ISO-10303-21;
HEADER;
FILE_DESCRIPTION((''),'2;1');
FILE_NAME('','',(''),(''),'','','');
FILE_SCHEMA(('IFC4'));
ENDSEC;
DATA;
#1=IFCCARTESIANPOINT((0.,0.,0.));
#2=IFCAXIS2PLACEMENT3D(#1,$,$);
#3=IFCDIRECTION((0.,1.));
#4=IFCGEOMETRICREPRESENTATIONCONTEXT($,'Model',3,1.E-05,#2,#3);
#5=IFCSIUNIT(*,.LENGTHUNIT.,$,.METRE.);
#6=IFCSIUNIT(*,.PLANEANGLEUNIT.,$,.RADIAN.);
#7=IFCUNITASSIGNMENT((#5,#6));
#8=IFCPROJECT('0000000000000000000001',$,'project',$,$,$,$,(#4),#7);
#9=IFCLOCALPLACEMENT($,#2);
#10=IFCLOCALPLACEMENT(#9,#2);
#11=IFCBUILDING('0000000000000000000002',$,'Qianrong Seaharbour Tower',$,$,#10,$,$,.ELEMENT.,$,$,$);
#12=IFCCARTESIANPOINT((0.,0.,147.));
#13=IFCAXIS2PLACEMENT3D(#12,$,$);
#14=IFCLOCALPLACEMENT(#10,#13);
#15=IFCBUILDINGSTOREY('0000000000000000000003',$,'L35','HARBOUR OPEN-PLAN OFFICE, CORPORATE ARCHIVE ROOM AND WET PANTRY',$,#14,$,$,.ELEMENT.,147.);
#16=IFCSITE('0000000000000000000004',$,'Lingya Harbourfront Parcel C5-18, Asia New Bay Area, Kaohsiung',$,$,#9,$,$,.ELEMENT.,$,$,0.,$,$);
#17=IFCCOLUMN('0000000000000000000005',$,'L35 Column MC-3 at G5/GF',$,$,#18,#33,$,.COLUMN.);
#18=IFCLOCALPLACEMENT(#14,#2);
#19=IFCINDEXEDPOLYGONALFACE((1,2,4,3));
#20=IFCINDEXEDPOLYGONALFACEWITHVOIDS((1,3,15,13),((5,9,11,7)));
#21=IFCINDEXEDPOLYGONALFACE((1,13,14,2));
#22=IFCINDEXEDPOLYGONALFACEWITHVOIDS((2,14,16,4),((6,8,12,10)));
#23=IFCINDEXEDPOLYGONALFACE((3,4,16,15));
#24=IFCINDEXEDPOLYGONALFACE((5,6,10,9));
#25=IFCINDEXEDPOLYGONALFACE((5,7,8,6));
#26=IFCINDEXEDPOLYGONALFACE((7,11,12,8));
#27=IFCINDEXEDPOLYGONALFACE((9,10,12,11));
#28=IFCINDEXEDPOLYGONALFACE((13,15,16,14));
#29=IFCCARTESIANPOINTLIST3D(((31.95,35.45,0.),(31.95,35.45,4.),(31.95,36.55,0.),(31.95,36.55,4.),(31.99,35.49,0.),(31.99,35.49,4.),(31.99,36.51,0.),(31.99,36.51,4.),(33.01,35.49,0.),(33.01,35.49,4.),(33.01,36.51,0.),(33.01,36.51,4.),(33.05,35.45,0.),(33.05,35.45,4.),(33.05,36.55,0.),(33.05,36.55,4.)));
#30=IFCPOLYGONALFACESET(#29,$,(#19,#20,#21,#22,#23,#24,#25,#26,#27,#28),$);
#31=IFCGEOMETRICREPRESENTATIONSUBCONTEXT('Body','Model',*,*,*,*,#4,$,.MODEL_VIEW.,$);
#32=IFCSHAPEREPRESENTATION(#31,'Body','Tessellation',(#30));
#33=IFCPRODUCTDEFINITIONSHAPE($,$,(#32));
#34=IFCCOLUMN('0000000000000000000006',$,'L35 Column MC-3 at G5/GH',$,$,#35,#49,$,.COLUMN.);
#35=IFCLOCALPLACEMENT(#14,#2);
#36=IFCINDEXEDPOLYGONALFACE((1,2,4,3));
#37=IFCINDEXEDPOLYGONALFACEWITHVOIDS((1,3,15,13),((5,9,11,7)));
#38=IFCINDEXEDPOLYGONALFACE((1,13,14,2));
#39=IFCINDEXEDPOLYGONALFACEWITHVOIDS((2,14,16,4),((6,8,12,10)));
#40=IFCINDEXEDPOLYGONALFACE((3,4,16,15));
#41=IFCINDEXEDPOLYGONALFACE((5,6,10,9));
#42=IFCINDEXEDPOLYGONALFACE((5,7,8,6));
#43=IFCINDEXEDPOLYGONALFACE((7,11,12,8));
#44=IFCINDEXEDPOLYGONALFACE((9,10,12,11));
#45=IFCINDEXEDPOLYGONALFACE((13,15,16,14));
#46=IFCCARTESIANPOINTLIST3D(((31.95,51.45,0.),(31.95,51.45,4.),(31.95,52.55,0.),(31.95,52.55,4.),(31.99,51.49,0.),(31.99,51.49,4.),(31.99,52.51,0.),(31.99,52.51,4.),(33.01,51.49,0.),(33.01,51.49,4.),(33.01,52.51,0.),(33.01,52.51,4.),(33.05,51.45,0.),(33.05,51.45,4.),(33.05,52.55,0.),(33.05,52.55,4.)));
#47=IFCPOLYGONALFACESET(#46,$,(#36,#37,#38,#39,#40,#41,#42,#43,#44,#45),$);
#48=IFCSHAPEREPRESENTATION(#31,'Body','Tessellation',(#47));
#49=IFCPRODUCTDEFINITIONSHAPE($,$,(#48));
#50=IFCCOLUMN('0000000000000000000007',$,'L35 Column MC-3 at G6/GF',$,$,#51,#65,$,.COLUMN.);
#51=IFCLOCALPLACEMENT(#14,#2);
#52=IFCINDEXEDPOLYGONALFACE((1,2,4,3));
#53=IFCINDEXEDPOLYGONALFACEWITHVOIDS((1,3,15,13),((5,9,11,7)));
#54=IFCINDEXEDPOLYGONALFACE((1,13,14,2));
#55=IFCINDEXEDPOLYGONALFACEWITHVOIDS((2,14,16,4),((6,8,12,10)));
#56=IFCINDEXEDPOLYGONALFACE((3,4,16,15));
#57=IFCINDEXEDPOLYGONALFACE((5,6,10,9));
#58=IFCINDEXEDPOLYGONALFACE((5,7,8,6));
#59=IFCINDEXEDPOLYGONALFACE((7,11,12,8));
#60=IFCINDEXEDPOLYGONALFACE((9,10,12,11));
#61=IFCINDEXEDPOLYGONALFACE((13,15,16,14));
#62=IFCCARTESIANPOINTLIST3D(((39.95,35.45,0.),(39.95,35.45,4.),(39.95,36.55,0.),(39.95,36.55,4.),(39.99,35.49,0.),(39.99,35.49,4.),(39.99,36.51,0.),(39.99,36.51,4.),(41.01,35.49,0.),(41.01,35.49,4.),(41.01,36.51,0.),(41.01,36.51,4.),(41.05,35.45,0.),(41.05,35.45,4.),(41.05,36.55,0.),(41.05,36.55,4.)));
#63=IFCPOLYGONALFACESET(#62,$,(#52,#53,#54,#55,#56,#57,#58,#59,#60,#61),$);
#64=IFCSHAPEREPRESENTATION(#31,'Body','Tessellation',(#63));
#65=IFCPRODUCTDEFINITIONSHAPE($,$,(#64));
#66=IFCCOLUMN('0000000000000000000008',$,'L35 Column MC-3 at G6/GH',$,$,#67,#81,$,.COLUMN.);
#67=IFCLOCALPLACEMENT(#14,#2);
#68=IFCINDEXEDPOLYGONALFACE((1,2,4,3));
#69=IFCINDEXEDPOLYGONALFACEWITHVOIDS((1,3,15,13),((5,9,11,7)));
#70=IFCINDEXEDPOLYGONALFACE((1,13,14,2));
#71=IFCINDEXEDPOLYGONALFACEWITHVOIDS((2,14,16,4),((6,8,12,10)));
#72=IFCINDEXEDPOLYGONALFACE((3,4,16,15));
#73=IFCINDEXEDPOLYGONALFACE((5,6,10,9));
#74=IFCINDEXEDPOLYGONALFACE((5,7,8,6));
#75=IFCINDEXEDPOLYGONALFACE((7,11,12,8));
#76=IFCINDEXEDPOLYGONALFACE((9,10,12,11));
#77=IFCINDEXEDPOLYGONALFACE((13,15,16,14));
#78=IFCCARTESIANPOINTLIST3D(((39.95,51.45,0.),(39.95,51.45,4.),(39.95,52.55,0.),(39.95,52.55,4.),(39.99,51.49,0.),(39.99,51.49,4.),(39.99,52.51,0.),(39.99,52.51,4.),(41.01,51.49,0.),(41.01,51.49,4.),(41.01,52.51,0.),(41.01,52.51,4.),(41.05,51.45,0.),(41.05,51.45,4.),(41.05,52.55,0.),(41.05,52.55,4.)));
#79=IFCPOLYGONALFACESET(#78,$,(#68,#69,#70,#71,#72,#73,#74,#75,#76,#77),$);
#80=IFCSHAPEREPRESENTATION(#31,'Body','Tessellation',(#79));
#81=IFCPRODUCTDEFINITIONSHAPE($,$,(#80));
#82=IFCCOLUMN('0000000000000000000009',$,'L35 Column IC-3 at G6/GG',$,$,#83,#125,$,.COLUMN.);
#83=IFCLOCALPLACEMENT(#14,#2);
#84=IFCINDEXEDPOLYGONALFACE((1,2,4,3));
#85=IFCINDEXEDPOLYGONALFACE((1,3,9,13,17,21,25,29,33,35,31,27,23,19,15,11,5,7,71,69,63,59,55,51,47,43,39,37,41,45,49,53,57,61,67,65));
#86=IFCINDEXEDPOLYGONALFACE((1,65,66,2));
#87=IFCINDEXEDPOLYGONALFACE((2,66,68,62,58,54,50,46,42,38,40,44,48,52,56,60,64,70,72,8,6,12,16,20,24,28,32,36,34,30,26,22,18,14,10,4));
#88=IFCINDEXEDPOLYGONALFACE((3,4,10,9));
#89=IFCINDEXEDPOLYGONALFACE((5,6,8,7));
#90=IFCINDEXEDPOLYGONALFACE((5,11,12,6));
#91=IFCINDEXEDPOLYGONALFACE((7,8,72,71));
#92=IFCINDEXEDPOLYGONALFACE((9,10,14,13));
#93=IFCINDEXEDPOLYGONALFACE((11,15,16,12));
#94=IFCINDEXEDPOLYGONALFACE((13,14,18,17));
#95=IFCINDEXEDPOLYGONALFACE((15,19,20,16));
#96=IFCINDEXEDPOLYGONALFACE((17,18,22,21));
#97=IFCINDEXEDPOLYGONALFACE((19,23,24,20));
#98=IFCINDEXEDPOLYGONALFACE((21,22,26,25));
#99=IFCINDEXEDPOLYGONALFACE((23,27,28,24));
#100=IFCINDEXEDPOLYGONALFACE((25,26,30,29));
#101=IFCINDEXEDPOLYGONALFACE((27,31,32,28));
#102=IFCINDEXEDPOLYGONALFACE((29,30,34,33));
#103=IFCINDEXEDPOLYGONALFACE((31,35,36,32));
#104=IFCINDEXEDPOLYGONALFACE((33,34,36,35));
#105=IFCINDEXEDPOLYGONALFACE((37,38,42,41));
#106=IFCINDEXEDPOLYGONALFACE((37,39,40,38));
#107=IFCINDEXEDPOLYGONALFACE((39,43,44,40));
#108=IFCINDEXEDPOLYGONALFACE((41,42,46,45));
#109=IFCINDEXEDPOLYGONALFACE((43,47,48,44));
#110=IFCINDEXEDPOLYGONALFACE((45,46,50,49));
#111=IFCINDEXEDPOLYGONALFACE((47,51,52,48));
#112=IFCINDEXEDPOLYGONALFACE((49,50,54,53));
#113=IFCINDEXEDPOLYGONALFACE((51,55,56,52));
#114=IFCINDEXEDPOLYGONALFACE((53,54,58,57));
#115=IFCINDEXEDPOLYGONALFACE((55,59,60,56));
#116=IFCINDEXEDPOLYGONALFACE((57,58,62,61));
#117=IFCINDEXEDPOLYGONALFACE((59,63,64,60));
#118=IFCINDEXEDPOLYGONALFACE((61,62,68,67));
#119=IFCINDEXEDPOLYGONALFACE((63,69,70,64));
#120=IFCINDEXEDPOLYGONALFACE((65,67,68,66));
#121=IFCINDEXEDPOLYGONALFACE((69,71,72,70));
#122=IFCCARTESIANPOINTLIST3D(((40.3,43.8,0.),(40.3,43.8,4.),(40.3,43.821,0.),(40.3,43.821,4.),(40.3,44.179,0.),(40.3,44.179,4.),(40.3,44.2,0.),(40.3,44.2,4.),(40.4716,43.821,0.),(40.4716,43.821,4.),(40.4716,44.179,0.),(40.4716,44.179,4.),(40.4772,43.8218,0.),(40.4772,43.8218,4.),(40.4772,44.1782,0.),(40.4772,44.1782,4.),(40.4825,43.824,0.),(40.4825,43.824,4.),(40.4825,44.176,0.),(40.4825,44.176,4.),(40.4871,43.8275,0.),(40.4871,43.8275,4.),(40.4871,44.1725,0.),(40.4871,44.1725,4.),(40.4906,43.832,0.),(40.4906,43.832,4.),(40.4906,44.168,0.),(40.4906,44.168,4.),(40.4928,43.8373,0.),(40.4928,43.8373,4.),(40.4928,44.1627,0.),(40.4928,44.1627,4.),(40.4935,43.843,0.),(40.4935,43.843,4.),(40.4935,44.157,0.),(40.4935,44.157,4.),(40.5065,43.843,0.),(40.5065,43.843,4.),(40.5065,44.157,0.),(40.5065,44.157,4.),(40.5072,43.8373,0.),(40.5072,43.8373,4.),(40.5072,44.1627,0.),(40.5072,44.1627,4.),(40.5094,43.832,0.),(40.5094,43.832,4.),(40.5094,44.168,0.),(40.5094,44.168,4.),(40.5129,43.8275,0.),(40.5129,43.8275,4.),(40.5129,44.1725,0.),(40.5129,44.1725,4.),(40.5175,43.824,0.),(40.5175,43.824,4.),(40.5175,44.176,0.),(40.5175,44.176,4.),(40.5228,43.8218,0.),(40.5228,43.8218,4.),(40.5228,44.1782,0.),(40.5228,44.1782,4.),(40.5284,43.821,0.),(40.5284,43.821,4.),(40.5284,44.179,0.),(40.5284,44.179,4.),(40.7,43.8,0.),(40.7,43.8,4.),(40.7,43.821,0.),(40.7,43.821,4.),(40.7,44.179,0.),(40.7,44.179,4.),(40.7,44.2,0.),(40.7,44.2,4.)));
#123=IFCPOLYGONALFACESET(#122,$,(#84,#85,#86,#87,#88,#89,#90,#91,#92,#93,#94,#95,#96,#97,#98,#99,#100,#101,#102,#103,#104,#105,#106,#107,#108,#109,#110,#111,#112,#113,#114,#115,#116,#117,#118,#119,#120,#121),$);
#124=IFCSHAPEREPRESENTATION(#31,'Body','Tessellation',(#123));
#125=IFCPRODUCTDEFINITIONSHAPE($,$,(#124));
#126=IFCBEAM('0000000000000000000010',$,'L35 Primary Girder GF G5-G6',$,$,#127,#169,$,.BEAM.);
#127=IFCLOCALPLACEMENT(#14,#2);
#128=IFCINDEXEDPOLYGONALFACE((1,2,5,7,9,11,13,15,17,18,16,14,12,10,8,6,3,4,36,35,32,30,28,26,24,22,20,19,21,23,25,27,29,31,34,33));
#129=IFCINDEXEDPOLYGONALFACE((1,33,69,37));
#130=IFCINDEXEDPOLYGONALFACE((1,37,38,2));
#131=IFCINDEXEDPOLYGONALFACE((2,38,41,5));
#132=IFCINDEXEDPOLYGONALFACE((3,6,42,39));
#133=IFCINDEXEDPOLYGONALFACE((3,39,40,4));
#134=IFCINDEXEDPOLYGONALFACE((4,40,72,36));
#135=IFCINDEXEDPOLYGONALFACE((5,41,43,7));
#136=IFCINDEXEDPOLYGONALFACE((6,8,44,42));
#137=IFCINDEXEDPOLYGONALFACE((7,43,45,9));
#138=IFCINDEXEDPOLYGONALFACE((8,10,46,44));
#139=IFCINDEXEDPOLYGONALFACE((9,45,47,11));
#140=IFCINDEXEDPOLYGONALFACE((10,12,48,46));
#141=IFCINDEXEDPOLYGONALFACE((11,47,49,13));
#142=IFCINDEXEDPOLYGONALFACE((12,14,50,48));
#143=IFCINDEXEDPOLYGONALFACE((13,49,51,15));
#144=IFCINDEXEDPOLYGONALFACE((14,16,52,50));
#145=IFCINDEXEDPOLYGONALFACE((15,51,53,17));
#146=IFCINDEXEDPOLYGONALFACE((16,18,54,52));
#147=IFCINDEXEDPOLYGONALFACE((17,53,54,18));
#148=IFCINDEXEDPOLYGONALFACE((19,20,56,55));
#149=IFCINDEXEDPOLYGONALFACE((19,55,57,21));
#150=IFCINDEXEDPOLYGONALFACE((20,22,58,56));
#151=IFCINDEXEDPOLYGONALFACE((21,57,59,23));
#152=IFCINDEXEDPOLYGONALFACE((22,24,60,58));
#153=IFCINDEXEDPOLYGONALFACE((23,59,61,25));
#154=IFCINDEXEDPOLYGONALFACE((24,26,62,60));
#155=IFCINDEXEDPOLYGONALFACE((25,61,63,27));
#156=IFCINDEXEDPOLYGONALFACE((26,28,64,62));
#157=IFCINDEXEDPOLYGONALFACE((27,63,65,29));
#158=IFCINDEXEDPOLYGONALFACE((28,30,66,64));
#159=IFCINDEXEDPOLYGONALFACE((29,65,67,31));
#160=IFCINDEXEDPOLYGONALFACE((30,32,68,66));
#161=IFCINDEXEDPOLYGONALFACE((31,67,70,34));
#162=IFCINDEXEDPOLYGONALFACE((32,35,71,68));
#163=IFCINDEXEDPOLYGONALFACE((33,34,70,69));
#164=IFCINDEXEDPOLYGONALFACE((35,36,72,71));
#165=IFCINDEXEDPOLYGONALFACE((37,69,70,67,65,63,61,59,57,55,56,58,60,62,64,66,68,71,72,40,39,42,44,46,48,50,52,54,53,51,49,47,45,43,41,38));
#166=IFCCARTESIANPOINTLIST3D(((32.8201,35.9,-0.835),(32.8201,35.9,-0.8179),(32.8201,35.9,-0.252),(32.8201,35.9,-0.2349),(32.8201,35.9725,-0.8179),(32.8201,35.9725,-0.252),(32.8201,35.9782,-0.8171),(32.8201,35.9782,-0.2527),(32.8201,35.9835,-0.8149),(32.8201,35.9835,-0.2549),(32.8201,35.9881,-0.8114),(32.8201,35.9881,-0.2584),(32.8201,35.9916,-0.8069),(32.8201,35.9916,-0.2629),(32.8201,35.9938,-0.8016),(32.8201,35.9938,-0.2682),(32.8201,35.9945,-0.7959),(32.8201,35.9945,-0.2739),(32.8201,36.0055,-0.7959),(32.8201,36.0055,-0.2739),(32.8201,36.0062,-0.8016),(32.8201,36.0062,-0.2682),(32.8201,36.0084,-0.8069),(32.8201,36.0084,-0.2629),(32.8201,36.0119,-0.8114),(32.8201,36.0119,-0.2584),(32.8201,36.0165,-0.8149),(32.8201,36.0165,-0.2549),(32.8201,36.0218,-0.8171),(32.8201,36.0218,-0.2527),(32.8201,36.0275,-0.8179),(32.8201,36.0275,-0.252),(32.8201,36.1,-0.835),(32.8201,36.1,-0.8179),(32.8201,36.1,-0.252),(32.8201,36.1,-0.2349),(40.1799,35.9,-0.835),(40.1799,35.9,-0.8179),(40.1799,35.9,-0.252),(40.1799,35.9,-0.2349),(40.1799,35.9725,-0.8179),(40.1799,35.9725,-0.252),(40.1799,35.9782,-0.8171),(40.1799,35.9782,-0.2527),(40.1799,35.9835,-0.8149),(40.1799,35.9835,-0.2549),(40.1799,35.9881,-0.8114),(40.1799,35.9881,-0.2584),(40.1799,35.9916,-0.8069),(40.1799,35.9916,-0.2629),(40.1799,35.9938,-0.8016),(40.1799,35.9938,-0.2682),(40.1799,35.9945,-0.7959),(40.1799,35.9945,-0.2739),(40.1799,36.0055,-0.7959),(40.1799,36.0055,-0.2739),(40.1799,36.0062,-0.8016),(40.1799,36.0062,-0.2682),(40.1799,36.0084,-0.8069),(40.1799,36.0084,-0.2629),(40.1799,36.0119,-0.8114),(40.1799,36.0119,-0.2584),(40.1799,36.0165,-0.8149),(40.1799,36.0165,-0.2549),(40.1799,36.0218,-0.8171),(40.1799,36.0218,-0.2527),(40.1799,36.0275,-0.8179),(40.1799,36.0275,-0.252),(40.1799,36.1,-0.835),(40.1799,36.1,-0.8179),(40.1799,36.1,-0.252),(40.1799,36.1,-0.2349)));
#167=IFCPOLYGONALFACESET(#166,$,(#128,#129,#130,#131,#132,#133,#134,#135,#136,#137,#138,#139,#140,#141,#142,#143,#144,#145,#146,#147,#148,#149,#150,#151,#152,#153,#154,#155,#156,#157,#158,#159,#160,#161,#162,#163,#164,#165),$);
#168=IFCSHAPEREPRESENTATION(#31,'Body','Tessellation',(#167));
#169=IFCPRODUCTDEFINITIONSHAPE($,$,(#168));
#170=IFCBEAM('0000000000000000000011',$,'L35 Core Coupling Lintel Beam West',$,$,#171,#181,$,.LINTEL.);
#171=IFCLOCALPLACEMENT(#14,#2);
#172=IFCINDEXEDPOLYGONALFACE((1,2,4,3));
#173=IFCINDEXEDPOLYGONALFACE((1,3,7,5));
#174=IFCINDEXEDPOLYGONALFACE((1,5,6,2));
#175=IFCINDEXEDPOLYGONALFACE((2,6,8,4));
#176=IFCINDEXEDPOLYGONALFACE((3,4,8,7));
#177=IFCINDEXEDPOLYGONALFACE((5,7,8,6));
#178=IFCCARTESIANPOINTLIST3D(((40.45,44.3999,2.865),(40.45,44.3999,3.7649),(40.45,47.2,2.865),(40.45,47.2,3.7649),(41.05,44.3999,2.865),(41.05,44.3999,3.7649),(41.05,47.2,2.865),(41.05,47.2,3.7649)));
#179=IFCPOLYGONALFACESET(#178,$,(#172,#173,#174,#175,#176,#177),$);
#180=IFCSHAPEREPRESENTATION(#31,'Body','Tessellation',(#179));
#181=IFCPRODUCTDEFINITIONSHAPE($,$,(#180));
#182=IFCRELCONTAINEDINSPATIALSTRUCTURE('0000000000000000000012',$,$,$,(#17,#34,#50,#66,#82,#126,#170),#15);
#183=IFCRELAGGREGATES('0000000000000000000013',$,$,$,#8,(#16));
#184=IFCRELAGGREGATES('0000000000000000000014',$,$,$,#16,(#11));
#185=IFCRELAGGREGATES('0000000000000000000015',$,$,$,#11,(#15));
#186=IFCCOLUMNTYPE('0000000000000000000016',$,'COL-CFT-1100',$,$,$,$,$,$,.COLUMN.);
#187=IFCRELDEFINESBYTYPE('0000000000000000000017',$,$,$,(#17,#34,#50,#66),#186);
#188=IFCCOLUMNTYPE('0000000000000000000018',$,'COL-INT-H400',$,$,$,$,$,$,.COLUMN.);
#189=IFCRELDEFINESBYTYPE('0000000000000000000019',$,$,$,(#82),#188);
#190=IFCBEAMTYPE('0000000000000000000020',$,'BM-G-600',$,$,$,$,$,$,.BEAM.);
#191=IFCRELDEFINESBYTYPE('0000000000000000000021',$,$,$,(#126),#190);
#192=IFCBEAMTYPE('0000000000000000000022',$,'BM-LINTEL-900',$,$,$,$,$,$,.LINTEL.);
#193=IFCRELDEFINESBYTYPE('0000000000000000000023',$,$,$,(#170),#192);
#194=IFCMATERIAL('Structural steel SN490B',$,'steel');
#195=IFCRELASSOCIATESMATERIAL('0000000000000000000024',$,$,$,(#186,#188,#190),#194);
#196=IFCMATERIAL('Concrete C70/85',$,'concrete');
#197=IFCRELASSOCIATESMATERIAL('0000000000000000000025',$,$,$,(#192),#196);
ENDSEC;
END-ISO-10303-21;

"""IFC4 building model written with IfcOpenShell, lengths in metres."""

from ifc_helpers import new_model, si_unit, direction, frame, origin, origin_2d, place, context, subcontext, project, spatial, rectangle, hollow_rectangle, i_section, extrude, material, material_profile, profile_set, type_object, element, save


model = new_model("IFC4")

# Units and contexts
model_context = context("Model", 3, precision=1e-05, world=origin(), true_north=direction((0.0, 1.0)))
body_context = subcontext(model_context, "Body", "Model", "MODEL_VIEW")
ifc_project = project(units=[si_unit("LENGTHUNIT", "METRE"), si_unit("PLANEANGLEUNIT", "RADIAN")], contexts=[model_context])

# Site, building, storey
site_placement = place(None, origin())
site = spatial("IfcSite", under=ifc_project, at=site_placement, Name="Lingya Harbourfront Parcel C5-18, Asia New Bay Area, Kaohsiung", CompositionType="ELEMENT", RefElevation=0.0)
building_placement = place(site_placement, origin())
building = spatial("IfcBuilding", under=site, at=building_placement, Name="Qianrong Seaharbour Tower", CompositionType="ELEMENT")
storey_placement = place(building_placement, frame((0.0, 0.0, 147.0)))
storey = spatial("IfcBuildingStorey", under=building, at=storey_placement, Name="L35", Description="HARBOUR OPEN-PLAN OFFICE, CORPORATE ARCHIVE ROOM AND WET PANTRY", CompositionType="ELEMENT", Elevation=147.0)

# Columns
ifc_material_1 = material(Name="Structural steel SN490B", Category="steel")
ifc_material_profile_1 = material_profile(ifc_material_1, hollow_rectangle(XDim=1.1001, YDim=1.1001, WallThickness=0.04, at=origin_2d()), Name="BOX1100x1100x40")
ifc_profile_set_1 = profile_set([ifc_material_profile_1], Name="Structural steel SN490B")
column_type_1 = type_object("IfcColumnType", Name="COL-CFT-1100", PredefinedType="COLUMN", material=ifc_profile_set_1)
for number, where, z_axis, x_axis, name in (
    (1, (32.5, 36.0, 0.0), (0.0, 0.0, 1.0), (1.0, 0.0, 0.0), "L35 Column MC-3 at G5/GF"),
    (2, (32.5, 52.0, 0.0), (0.0, 0.0, 1.0), (1.0, 0.0, 0.0), "L35 Column MC-3 at G5/GH"),
    (3, (40.5, 36.0, 0.0), (0.0, 0.0, 1.0), (1.0, 0.0, 0.0), "L35 Column MC-3 at G6/GF"),
    (4, (40.5, 52.0, 0.0), (0.0, 0.0, 1.0), (1.0, 0.0, 0.0), "L35 Column MC-3 at G6/GH"),
):
    element("IfcColumn", number, at=place(storey_placement, frame(where, z_axis=z_axis, x_axis=x_axis)), inside=storey, type_object=column_type_1, Name=name, PredefinedType="COLUMN", context=body_context, shape_type="SweptSolid", body=[
        extrude(hollow_rectangle(XDim=1.1001, YDim=1.1001, WallThickness=0.04, at=origin_2d()), origin(), (0.0, 0.0, 1.0), 4.0),
    ])
ifc_material_profile_2 = material_profile(ifc_material_1, i_section(OverallWidth=0.3999, OverallDepth=0.3999, WebThickness=0.0129, FlangeThickness=0.021, FilletRadius=0.022, at=origin_2d()), Name="H400x400x13x21")
ifc_profile_set_2 = profile_set([ifc_material_profile_2], Name="Structural steel SN490B")
column_type_2 = type_object("IfcColumnType", Name="COL-INT-H400", PredefinedType="COLUMN", material=ifc_profile_set_2)
column_placement = place(storey_placement, frame((40.5, 44.0, 0.0), z_axis=(0.0, 0.0, 1.0), x_axis=(1.0, 0.0, 0.0)))
element("IfcColumn", 5, at=column_placement, inside=storey, type_object=column_type_2, Name="L35 Column IC-3 at G6/GG", PredefinedType="COLUMN", context=body_context, shape_type="SweptSolid", body=[
    extrude(i_section(OverallWidth=0.3999, OverallDepth=0.3999, WebThickness=0.0129, FlangeThickness=0.021, FilletRadius=0.022, at=origin_2d()), origin(), (0.0, 0.0, 1.0), 4.0),
])

# Beams
ifc_material_profile_3 = material_profile(ifc_material_1, i_section(OverallWidth=0.2, OverallDepth=0.6001, WebThickness=0.011, FlangeThickness=0.0171, FilletRadius=0.022, at=origin_2d()), Name="H600x200x11x17")
ifc_profile_set_3 = profile_set([ifc_material_profile_3], Name="Structural steel SN490B")
beam_type_1 = type_object("IfcBeamType", Name="BM-G-600", PredefinedType="BEAM", material=ifc_profile_set_3)
beam_1_placement = place(storey_placement, frame((32.8201, 36.0, -0.5349), z_axis=(1.0, 0.0, 0.0), x_axis=(0.0, 1.0, 0.0)))
element("IfcBeam", 6, at=beam_1_placement, inside=storey, type_object=beam_type_1, Name="L35 Primary Girder GF G5-G6", PredefinedType="BEAM", context=body_context, shape_type="SweptSolid", body=[
    extrude(i_section(OverallWidth=0.2, OverallDepth=0.6001, WebThickness=0.011, FlangeThickness=0.0171, FilletRadius=0.022, at=origin_2d()), origin(), (0.0, 0.0, 1.0), 7.3599),
])
ifc_material_2 = material(Name="Concrete C70/85", Category="concrete")
ifc_material_profile_4 = material_profile(ifc_material_2, rectangle(XDim=0.6001, YDim=0.8999, at=origin_2d()), Name="RC600x900")
ifc_profile_set_4 = profile_set([ifc_material_profile_4], Name="Concrete C70/85")
beam_type_2 = type_object("IfcBeamType", Name="BM-LINTEL-900", PredefinedType="LINTEL", material=ifc_profile_set_4)
beam_2_placement = place(storey_placement, frame((40.75, 44.3999, 3.3149), z_axis=(0.0, 1.0, 0.0), x_axis=(-1.0, 0.0, 0.0)))
element("IfcBeam", 7, at=beam_2_placement, inside=storey, type_object=beam_type_2, Name="L35 Core Coupling Lintel Beam West", PredefinedType="LINTEL", context=body_context, shape_type="SweptSolid", body=[
    extrude(rectangle(XDim=0.6001, YDim=0.8999, at=origin_2d()), origin(), (0.0, 0.0, 1.0), 2.8),
])

save(model, "model.ifc")
